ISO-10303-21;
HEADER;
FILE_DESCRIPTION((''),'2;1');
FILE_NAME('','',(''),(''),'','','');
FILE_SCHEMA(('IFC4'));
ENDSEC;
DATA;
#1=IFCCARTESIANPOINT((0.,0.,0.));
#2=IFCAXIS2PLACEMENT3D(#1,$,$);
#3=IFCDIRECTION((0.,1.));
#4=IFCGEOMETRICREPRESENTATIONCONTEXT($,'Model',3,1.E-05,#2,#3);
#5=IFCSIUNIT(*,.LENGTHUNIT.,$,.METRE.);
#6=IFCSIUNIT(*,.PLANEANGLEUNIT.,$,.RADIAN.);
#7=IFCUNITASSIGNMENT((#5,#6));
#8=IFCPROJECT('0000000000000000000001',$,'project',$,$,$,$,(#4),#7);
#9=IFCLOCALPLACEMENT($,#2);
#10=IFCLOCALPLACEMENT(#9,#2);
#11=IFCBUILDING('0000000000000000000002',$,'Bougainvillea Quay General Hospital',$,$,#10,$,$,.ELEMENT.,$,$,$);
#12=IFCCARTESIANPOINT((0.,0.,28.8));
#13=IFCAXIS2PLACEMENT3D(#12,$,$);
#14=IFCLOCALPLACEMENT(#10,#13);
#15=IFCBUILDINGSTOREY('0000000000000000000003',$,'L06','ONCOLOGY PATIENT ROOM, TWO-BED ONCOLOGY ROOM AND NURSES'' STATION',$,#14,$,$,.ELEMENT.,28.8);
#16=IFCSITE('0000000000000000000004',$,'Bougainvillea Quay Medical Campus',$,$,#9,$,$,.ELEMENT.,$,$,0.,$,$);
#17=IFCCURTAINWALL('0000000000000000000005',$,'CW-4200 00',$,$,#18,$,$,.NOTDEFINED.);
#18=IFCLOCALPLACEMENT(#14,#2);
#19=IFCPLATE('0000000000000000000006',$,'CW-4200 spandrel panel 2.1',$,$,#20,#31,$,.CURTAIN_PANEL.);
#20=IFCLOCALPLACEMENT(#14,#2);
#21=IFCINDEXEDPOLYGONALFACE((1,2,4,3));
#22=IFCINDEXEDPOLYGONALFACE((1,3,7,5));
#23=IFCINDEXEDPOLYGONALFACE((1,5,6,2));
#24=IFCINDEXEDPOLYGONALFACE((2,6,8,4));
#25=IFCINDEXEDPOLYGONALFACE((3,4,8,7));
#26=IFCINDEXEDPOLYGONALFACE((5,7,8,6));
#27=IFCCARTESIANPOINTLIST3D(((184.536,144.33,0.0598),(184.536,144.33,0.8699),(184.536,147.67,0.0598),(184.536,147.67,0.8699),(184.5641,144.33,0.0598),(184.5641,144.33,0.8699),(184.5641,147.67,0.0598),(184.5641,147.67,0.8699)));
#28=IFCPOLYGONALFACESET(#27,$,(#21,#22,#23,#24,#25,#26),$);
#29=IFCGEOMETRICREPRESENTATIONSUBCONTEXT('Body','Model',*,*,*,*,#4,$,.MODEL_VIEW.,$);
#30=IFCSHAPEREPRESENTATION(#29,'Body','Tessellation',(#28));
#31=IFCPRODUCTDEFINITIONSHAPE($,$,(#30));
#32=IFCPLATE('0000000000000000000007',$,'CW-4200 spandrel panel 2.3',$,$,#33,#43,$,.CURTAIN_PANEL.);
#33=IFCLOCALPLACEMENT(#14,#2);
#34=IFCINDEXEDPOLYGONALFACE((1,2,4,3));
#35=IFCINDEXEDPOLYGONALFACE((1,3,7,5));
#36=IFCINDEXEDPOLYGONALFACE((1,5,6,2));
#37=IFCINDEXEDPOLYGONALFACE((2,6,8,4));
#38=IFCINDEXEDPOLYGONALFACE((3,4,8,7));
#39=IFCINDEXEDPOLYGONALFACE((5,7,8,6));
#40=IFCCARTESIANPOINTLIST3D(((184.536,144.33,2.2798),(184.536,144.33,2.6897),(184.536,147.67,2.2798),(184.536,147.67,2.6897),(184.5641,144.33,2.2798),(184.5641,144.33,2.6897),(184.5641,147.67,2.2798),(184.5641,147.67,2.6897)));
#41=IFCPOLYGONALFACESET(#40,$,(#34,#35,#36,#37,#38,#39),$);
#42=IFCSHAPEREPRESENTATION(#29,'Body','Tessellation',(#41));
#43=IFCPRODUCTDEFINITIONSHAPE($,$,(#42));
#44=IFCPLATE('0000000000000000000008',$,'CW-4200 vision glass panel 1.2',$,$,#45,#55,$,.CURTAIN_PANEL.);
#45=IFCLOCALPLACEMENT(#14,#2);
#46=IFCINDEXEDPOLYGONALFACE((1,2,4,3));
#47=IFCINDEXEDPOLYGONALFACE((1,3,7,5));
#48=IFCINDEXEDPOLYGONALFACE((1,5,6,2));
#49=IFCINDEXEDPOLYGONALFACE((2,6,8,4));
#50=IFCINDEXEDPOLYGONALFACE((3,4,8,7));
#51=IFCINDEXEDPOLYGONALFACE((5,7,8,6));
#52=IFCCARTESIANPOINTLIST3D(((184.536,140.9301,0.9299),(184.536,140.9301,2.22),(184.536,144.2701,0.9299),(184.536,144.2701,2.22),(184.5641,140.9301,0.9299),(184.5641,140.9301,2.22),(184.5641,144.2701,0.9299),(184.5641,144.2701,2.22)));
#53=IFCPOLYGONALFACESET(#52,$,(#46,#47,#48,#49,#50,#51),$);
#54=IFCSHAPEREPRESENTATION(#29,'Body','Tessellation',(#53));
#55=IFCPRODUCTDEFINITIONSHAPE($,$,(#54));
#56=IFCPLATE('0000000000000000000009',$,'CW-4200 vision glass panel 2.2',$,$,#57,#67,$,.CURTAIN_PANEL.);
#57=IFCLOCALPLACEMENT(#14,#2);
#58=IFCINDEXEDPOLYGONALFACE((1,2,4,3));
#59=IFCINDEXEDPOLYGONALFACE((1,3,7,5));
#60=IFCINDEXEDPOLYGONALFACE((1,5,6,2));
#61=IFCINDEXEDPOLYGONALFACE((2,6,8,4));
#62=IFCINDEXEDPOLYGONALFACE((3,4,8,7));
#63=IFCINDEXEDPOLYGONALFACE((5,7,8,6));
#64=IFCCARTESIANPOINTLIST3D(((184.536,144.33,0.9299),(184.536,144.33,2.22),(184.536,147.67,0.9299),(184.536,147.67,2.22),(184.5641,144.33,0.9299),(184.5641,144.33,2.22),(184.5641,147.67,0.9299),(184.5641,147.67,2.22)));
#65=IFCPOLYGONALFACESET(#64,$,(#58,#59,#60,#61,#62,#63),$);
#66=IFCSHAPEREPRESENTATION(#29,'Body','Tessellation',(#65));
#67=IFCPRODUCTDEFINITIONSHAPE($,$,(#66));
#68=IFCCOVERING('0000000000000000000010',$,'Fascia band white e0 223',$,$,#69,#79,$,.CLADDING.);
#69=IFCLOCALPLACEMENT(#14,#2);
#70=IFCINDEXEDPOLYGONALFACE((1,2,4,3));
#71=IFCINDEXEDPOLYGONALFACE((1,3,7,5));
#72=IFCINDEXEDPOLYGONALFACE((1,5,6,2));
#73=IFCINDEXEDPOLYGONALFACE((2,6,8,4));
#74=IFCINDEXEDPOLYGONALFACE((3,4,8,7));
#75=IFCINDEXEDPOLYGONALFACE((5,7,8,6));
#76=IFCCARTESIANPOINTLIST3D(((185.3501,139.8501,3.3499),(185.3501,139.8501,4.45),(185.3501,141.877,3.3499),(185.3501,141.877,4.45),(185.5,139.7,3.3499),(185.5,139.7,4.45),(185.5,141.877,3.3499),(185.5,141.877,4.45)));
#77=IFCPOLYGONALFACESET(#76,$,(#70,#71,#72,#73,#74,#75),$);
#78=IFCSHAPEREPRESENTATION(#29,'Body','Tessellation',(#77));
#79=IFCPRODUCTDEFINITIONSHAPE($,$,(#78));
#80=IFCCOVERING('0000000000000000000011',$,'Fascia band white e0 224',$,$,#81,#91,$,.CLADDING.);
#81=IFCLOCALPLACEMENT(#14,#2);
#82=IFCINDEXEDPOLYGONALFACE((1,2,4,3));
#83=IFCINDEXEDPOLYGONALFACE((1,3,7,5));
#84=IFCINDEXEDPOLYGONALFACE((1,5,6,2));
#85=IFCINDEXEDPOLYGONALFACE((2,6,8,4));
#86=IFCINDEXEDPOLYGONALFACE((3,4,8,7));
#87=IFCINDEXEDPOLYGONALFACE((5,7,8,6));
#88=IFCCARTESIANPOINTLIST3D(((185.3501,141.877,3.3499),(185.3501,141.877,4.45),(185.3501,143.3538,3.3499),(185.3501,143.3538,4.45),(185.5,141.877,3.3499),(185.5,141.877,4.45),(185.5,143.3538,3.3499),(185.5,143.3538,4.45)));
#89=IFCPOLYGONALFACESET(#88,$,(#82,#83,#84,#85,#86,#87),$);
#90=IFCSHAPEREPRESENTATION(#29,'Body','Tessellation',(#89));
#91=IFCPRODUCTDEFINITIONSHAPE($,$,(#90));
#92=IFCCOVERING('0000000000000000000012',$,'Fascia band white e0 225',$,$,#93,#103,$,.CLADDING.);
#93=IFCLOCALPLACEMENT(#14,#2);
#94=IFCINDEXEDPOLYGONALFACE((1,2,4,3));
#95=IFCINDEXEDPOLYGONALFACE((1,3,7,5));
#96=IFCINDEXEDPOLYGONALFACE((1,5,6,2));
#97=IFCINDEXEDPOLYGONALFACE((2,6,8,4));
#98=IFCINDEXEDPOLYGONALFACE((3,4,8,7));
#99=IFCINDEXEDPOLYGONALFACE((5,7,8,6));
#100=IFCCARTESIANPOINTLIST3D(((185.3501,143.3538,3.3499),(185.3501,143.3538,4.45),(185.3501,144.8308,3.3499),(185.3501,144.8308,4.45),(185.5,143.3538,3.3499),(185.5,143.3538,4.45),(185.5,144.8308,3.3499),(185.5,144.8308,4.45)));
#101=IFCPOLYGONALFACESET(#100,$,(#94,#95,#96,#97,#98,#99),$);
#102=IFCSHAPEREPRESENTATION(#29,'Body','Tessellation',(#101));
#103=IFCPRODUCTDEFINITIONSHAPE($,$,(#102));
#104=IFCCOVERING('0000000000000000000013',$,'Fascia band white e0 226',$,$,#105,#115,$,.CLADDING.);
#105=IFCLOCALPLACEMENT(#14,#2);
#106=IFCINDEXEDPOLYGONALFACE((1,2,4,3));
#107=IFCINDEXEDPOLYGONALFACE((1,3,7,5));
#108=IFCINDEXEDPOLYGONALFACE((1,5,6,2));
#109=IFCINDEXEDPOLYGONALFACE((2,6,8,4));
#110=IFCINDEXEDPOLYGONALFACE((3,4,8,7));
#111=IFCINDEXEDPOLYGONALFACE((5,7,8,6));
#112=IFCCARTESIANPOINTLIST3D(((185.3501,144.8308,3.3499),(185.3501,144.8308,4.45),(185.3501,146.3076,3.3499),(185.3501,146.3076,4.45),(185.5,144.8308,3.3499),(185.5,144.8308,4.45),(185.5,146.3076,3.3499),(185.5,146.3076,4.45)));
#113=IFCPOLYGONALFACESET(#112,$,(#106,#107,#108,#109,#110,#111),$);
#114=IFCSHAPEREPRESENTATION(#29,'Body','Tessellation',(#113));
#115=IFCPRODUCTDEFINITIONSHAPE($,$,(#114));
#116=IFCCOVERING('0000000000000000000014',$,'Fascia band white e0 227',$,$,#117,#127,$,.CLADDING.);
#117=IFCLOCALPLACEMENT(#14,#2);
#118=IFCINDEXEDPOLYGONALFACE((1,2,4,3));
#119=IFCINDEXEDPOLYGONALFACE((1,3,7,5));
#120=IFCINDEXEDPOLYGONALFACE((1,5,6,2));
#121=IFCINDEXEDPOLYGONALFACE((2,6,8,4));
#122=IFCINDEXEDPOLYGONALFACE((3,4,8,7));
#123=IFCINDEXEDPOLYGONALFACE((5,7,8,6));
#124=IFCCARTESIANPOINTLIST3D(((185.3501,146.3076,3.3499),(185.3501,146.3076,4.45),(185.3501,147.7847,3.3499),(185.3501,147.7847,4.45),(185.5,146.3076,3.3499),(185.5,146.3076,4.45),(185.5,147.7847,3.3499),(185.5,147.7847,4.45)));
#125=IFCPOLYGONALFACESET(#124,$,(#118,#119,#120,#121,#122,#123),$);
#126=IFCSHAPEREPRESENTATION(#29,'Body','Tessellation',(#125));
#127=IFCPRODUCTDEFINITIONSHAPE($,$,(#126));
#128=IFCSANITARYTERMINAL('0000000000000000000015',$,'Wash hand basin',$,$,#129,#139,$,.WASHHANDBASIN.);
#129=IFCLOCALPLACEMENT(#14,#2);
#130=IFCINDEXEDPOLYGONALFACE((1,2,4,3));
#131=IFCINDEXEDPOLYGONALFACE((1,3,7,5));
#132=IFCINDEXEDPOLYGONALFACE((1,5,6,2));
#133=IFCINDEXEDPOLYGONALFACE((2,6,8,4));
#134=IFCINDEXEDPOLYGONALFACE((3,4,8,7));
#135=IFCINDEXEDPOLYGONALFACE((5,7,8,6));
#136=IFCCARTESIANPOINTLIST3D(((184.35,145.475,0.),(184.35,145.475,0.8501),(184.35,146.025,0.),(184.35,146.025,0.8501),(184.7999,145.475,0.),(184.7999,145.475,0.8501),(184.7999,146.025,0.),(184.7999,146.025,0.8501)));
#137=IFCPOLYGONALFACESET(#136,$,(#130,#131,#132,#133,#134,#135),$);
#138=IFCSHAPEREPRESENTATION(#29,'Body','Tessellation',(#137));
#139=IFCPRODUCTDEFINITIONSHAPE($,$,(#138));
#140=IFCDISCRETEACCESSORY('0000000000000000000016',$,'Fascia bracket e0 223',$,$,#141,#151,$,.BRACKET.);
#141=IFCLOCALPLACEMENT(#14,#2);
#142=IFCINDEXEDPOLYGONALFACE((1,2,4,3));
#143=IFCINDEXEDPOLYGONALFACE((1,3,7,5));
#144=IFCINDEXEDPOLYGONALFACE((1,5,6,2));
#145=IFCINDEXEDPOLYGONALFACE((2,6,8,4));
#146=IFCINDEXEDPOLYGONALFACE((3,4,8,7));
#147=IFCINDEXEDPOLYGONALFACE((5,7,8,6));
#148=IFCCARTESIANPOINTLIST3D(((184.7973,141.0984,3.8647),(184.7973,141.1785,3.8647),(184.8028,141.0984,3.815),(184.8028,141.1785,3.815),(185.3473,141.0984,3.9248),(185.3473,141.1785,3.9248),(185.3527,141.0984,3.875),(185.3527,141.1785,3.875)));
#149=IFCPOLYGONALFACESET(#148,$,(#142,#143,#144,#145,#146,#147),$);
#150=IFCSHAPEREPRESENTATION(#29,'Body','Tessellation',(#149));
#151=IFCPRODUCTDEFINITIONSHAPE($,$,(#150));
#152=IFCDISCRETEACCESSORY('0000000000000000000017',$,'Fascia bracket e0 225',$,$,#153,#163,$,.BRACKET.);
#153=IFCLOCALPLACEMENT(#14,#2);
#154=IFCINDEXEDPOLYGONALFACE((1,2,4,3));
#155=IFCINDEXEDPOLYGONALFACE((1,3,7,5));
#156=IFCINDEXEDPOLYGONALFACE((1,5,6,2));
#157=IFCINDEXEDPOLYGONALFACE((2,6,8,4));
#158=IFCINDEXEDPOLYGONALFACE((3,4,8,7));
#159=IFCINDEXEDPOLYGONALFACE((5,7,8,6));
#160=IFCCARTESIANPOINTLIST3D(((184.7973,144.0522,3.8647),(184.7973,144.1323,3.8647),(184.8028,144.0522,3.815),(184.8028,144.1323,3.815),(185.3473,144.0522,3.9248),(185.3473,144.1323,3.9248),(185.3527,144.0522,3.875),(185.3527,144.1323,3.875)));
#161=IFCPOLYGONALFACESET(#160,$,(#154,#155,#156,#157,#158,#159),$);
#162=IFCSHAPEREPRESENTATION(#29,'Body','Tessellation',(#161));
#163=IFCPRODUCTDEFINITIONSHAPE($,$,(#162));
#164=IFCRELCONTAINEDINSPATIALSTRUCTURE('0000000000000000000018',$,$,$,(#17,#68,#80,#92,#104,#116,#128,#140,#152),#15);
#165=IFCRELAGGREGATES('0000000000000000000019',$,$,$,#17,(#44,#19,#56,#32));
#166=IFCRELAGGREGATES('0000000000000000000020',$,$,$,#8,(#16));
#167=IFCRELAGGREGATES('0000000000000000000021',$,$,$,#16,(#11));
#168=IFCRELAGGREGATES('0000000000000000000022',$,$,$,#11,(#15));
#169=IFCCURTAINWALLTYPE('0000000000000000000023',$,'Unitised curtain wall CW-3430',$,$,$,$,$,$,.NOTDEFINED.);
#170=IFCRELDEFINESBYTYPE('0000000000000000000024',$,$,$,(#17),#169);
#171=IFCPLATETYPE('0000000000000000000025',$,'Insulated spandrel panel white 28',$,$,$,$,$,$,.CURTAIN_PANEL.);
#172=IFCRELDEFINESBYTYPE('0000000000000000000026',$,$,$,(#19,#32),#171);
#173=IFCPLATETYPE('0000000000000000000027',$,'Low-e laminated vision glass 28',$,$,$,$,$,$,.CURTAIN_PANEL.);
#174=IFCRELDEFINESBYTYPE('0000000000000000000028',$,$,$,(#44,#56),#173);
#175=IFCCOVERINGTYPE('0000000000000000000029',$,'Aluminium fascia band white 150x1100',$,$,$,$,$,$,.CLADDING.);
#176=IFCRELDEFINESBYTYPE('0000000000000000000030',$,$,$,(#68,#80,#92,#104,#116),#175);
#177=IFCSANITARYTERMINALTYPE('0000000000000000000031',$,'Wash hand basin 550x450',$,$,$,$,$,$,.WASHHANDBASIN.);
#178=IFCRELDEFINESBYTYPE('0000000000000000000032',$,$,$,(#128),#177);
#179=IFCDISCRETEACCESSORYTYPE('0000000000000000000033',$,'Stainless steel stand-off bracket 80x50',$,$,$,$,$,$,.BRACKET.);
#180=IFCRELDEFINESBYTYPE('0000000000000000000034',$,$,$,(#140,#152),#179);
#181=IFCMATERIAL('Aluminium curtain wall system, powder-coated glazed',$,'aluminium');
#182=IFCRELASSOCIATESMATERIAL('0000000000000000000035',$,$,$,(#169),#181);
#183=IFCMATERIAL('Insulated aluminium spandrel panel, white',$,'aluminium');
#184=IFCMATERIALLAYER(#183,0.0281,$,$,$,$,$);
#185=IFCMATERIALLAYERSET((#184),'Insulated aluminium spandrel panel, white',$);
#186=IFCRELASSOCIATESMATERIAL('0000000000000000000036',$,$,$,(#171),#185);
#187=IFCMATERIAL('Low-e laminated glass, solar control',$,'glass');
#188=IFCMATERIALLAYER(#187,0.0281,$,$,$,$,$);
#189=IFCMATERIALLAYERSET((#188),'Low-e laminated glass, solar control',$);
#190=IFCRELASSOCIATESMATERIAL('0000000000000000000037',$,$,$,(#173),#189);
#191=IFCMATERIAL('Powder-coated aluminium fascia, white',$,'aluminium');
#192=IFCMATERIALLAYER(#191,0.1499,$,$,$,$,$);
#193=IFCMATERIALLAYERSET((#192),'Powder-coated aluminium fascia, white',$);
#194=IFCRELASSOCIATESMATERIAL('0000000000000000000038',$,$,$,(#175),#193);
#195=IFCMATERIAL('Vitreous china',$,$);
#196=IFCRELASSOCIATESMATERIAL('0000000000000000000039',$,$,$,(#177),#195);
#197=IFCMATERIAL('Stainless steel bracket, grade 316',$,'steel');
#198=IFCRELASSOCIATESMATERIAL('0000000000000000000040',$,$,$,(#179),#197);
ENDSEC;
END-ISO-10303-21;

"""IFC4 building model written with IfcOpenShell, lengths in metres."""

from ifc_helpers import new_model, si_unit, direction, frame, origin, origin_2d, place, context, subcontext, project, spatial, polyline, rectangle, outline, extrude, material, layer, layer_set, material_profile, profile_set, type_object, element, aggregate, save


model = new_model("IFC4")

# Units and contexts
model_context = context("Model", 3, precision=1e-05, world=origin(), true_north=direction((0.0, 1.0)))
body_context = subcontext(model_context, "Body", "Model", "MODEL_VIEW")
ifc_project = project(units=[si_unit("LENGTHUNIT", "METRE"), si_unit("PLANEANGLEUNIT", "RADIAN")], contexts=[model_context])

# Site, building, storey
site_placement = place(None, origin())
site = spatial("IfcSite", under=ifc_project, at=site_placement, Name="Bougainvillea Quay Medical Campus", CompositionType="ELEMENT", RefElevation=0.0)
building_placement = place(site_placement, origin())
building = spatial("IfcBuilding", under=site, at=building_placement, Name="Bougainvillea Quay General Hospital", CompositionType="ELEMENT")
storey_placement = place(building_placement, frame((0.0, 0.0, 28.8)))
storey = spatial("IfcBuildingStorey", under=building, at=storey_placement, Name="L06", Description="ONCOLOGY PATIENT ROOM, TWO-BED ONCOLOGY ROOM AND NURSES' STATION", CompositionType="ELEMENT", Elevation=28.8)

# Curtain wall
ifc_material_1 = material(Name="Aluminium curtain wall system, powder-coated glazed", Category="aluminium")
curtain_wall_type = type_object("IfcCurtainWallType", Name="Unitised curtain wall CW-3430", PredefinedType="NOTDEFINED", material=ifc_material_1)
curtain_wall_placement = place(storey_placement, origin())
curtain_wall = element("IfcCurtainWall", 1, at=curtain_wall_placement, inside=storey, type_object=curtain_wall_type, Name="CW-4200 00", PredefinedType="NOTDEFINED")

# Plates
ifc_material_2 = material(Name="Insulated aluminium spandrel panel, white", Category="aluminium")
ifc_layer_1 = layer(ifc_material_2, 0.0281)
ifc_layer_set_1 = layer_set([ifc_layer_1], Name="Insulated aluminium spandrel panel, white")
plate_type_1 = type_object("IfcPlateType", Name="Insulated spandrel panel white 28", PredefinedType="CURTAIN_PANEL", material=ifc_layer_set_1)
plate_1_placement = place(storey_placement, frame((184.55, 146.0, 0.0598), z_axis=(0.0, 0.0, 1.0), x_axis=(0.0, 1.0, 0.0)))
plate_1 = element("IfcPlate", 2, at=plate_1_placement, type_object=plate_type_1, Name="CW-4200 spandrel panel 2.1", PredefinedType="CURTAIN_PANEL", context=body_context, shape_type="SweptSolid", body=[
    extrude(rectangle(XDim=3.3401, YDim=0.0281, at=origin_2d()), origin(), (0.0, 0.0, 1.0), 0.8101),
])
plate_2_placement = place(storey_placement, frame((184.55, 146.0, 2.2798), z_axis=(0.0, 0.0, 1.0), x_axis=(0.0, 1.0, 0.0)))
plate_2 = element("IfcPlate", 3, at=plate_2_placement, type_object=plate_type_1, Name="CW-4200 spandrel panel 2.3", PredefinedType="CURTAIN_PANEL", context=body_context, shape_type="SweptSolid", body=[
    extrude(rectangle(XDim=3.3401, YDim=0.0281, at=origin_2d()), origin(), (0.0, 0.0, 1.0), 0.4099),
])
ifc_material_3 = material(Name="Low-e laminated glass, solar control", Category="glass")
ifc_layer_2 = layer(ifc_material_3, 0.0281)
ifc_layer_set_2 = layer_set([ifc_layer_2], Name="Low-e laminated glass, solar control")
plate_type_2 = type_object("IfcPlateType", Name="Low-e laminated vision glass 28", PredefinedType="CURTAIN_PANEL", material=ifc_layer_set_2)
plate_3_placement = place(storey_placement, frame((184.55, 142.6001, 0.9299), z_axis=(0.0, 0.0, 1.0), x_axis=(0.0, 1.0, 0.0)))
plate_3 = element("IfcPlate", 4, at=plate_3_placement, type_object=plate_type_2, Name="CW-4200 vision glass panel 1.2", PredefinedType="CURTAIN_PANEL", context=body_context, shape_type="SweptSolid", body=[
    extrude(rectangle(XDim=3.3401, YDim=0.0281, at=origin_2d()), origin(), (0.0, 0.0, 1.0), 1.29),
])
plate_4_placement = place(storey_placement, frame((184.55, 146.0, 0.9299), z_axis=(0.0, 0.0, 1.0), x_axis=(0.0, 1.0, 0.0)))
plate_4 = element("IfcPlate", 5, at=plate_4_placement, type_object=plate_type_2, Name="CW-4200 vision glass panel 2.2", PredefinedType="CURTAIN_PANEL", context=body_context, shape_type="SweptSolid", body=[
    extrude(rectangle(XDim=3.3401, YDim=0.0281, at=origin_2d()), origin(), (0.0, 0.0, 1.0), 1.29),
])
aggregate(curtain_wall, [plate_3, plate_1, plate_4, plate_2])

# Coverings
ifc_material_4 = material(Name="Powder-coated aluminium fascia, white", Category="aluminium")
ifc_layer_3 = layer(ifc_material_4, 0.1499)
ifc_layer_set_3 = layer_set([ifc_layer_3], Name="Powder-coated aluminium fascia, white")
covering_type = type_object("IfcCoveringType", Name="Aluminium fascia band white 150x1100", PredefinedType="CLADDING", material=ifc_layer_set_3)
covering_1_placement = place(storey_placement, frame((185.3501, 139.8501, 3.3499), z_axis=(0.0, 0.0, 1.0), x_axis=(0.0, 1.0, 0.0)))
element("IfcCovering", 6, at=covering_1_placement, inside=storey, type_object=covering_type, Name="Fascia band white e0 223", PredefinedType="CLADDING", context=body_context, shape_type="SweptSolid", body=[
    extrude(outline(polyline([(0.0, 0.0), (2.0269, 0.0), (2.0269, -0.1499), (-0.1501, -0.1499), (0.0, 0.0)])), origin(), (0.0, 0.0, 1.0), 1.1001),
])
covering_2_placement = place(storey_placement, frame((185.3501, 141.877, 3.3499), z_axis=(0.0, 0.0, 1.0), x_axis=(0.0, 1.0, 0.0)))
element("IfcCovering", 7, at=covering_2_placement, inside=storey, type_object=covering_type, Name="Fascia band white e0 224", PredefinedType="CLADDING", context=body_context, shape_type="SweptSolid", body=[
    extrude(outline(polyline([(0.0, 0.0), (1.4768, 0.0), (1.4768, -0.1499), (0.0, -0.1499), (0.0, 0.0)])), origin(), (0.0, 0.0, 1.0), 1.1001),
])
covering_3_placement = place(storey_placement, frame((185.3501, 143.3538, 3.3499), z_axis=(0.0, 0.0, 1.0), x_axis=(0.0, 1.0, 0.0)))
element("IfcCovering", 8, at=covering_3_placement, inside=storey, type_object=covering_type, Name="Fascia band white e0 225", PredefinedType="CLADDING", context=body_context, shape_type="SweptSolid", body=[
    extrude(outline(polyline([(0.0, 0.0), (1.4771, 0.0), (1.4771, -0.1499), (0.0, -0.1499), (0.0, 0.0)])), origin(), (0.0, 0.0, 1.0), 1.1001),
])
covering_4_placement = place(storey_placement, frame((185.3501, 144.8308, 3.3499), z_axis=(0.0, 0.0, 1.0), x_axis=(0.0, 1.0, 0.0)))
element("IfcCovering", 9, at=covering_4_placement, inside=storey, type_object=covering_type, Name="Fascia band white e0 226", PredefinedType="CLADDING", context=body_context, shape_type="SweptSolid", body=[
    extrude(outline(polyline([(0.0, 0.0), (1.4768, 0.0), (1.4768, -0.1499), (0.0, -0.1499), (0.0, 0.0)])), origin(), (0.0, 0.0, 1.0), 1.1001),
])
covering_5_placement = place(storey_placement, frame((185.3501, 146.3076, 3.3499), z_axis=(0.0, 0.0, 1.0), x_axis=(0.0, 1.0, 0.0)))
element("IfcCovering", 10, at=covering_5_placement, inside=storey, type_object=covering_type, Name="Fascia band white e0 227", PredefinedType="CLADDING", context=body_context, shape_type="SweptSolid", body=[
    extrude(outline(polyline([(0.0, 0.0), (1.4771, 0.0), (1.4771, -0.1499), (0.0, -0.1499), (0.0, 0.0)])), origin(), (0.0, 0.0, 1.0), 1.1001),
])

# Sanitary terminal
ifc_material_5 = material(Name="Vitreous china")
sanitary_terminal_type = type_object("IfcSanitaryTerminalType", Name="Wash hand basin 550x450", PredefinedType="WASHHANDBASIN", material=ifc_material_5)
sanitary_terminal_placement = place(storey_placement, frame((184.575, 145.75, 0.0), z_axis=(0.0, 0.0, 1.0), x_axis=(0.0, -1.0, 0.0)))
element("IfcSanitaryTerminal", 11, at=sanitary_terminal_placement, inside=storey, type_object=sanitary_terminal_type, Name="Wash hand basin", PredefinedType="WASHHANDBASIN", context=body_context, shape_type="SweptSolid", body=[
    extrude(rectangle(XDim=0.55, YDim=0.45, at=origin_2d()), origin(), (0.0, 0.0, 1.0), 0.8501),
])

# Discrete accessories
ifc_material_6 = material(Name="Stainless steel bracket, grade 316", Category="steel")
ifc_material_profile_1 = material_profile(ifc_material_6, rectangle(XDim=0.0801, YDim=0.05, at=origin_2d()))
ifc_profile_set_1 = profile_set([ifc_material_profile_1], Name="Stainless steel bracket, grade 316")
discrete_accessory_type = type_object("IfcDiscreteAccessoryType", Name="Stainless steel stand-off bracket 80x50", PredefinedType="BRACKET", material=ifc_profile_set_1)
for number, where, z_axis, x_axis, name in (
    (12, (184.8, 141.1384, 3.8398), (0.994092, 0.0, 0.108543), (0.0, 1.0, 0.0), "Fascia bracket e0 223"),
    (13, (184.8, 144.0923, 3.8398), (0.994092, 0.0, 0.108543), (0.0, 1.0, 0.0), "Fascia bracket e0 225"),
):
    element("IfcDiscreteAccessory", number, at=place(storey_placement, frame(where, z_axis=z_axis, x_axis=x_axis)), inside=storey, type_object=discrete_accessory_type, Name=name, PredefinedType="BRACKET", context=body_context, shape_type="SweptSolid", body=[
        extrude(rectangle(XDim=0.0801, YDim=0.05, at=origin_2d()), origin(), (0.0, 0.0, 1.0), 0.5532),
    ])

save(model, "model.ifc")
